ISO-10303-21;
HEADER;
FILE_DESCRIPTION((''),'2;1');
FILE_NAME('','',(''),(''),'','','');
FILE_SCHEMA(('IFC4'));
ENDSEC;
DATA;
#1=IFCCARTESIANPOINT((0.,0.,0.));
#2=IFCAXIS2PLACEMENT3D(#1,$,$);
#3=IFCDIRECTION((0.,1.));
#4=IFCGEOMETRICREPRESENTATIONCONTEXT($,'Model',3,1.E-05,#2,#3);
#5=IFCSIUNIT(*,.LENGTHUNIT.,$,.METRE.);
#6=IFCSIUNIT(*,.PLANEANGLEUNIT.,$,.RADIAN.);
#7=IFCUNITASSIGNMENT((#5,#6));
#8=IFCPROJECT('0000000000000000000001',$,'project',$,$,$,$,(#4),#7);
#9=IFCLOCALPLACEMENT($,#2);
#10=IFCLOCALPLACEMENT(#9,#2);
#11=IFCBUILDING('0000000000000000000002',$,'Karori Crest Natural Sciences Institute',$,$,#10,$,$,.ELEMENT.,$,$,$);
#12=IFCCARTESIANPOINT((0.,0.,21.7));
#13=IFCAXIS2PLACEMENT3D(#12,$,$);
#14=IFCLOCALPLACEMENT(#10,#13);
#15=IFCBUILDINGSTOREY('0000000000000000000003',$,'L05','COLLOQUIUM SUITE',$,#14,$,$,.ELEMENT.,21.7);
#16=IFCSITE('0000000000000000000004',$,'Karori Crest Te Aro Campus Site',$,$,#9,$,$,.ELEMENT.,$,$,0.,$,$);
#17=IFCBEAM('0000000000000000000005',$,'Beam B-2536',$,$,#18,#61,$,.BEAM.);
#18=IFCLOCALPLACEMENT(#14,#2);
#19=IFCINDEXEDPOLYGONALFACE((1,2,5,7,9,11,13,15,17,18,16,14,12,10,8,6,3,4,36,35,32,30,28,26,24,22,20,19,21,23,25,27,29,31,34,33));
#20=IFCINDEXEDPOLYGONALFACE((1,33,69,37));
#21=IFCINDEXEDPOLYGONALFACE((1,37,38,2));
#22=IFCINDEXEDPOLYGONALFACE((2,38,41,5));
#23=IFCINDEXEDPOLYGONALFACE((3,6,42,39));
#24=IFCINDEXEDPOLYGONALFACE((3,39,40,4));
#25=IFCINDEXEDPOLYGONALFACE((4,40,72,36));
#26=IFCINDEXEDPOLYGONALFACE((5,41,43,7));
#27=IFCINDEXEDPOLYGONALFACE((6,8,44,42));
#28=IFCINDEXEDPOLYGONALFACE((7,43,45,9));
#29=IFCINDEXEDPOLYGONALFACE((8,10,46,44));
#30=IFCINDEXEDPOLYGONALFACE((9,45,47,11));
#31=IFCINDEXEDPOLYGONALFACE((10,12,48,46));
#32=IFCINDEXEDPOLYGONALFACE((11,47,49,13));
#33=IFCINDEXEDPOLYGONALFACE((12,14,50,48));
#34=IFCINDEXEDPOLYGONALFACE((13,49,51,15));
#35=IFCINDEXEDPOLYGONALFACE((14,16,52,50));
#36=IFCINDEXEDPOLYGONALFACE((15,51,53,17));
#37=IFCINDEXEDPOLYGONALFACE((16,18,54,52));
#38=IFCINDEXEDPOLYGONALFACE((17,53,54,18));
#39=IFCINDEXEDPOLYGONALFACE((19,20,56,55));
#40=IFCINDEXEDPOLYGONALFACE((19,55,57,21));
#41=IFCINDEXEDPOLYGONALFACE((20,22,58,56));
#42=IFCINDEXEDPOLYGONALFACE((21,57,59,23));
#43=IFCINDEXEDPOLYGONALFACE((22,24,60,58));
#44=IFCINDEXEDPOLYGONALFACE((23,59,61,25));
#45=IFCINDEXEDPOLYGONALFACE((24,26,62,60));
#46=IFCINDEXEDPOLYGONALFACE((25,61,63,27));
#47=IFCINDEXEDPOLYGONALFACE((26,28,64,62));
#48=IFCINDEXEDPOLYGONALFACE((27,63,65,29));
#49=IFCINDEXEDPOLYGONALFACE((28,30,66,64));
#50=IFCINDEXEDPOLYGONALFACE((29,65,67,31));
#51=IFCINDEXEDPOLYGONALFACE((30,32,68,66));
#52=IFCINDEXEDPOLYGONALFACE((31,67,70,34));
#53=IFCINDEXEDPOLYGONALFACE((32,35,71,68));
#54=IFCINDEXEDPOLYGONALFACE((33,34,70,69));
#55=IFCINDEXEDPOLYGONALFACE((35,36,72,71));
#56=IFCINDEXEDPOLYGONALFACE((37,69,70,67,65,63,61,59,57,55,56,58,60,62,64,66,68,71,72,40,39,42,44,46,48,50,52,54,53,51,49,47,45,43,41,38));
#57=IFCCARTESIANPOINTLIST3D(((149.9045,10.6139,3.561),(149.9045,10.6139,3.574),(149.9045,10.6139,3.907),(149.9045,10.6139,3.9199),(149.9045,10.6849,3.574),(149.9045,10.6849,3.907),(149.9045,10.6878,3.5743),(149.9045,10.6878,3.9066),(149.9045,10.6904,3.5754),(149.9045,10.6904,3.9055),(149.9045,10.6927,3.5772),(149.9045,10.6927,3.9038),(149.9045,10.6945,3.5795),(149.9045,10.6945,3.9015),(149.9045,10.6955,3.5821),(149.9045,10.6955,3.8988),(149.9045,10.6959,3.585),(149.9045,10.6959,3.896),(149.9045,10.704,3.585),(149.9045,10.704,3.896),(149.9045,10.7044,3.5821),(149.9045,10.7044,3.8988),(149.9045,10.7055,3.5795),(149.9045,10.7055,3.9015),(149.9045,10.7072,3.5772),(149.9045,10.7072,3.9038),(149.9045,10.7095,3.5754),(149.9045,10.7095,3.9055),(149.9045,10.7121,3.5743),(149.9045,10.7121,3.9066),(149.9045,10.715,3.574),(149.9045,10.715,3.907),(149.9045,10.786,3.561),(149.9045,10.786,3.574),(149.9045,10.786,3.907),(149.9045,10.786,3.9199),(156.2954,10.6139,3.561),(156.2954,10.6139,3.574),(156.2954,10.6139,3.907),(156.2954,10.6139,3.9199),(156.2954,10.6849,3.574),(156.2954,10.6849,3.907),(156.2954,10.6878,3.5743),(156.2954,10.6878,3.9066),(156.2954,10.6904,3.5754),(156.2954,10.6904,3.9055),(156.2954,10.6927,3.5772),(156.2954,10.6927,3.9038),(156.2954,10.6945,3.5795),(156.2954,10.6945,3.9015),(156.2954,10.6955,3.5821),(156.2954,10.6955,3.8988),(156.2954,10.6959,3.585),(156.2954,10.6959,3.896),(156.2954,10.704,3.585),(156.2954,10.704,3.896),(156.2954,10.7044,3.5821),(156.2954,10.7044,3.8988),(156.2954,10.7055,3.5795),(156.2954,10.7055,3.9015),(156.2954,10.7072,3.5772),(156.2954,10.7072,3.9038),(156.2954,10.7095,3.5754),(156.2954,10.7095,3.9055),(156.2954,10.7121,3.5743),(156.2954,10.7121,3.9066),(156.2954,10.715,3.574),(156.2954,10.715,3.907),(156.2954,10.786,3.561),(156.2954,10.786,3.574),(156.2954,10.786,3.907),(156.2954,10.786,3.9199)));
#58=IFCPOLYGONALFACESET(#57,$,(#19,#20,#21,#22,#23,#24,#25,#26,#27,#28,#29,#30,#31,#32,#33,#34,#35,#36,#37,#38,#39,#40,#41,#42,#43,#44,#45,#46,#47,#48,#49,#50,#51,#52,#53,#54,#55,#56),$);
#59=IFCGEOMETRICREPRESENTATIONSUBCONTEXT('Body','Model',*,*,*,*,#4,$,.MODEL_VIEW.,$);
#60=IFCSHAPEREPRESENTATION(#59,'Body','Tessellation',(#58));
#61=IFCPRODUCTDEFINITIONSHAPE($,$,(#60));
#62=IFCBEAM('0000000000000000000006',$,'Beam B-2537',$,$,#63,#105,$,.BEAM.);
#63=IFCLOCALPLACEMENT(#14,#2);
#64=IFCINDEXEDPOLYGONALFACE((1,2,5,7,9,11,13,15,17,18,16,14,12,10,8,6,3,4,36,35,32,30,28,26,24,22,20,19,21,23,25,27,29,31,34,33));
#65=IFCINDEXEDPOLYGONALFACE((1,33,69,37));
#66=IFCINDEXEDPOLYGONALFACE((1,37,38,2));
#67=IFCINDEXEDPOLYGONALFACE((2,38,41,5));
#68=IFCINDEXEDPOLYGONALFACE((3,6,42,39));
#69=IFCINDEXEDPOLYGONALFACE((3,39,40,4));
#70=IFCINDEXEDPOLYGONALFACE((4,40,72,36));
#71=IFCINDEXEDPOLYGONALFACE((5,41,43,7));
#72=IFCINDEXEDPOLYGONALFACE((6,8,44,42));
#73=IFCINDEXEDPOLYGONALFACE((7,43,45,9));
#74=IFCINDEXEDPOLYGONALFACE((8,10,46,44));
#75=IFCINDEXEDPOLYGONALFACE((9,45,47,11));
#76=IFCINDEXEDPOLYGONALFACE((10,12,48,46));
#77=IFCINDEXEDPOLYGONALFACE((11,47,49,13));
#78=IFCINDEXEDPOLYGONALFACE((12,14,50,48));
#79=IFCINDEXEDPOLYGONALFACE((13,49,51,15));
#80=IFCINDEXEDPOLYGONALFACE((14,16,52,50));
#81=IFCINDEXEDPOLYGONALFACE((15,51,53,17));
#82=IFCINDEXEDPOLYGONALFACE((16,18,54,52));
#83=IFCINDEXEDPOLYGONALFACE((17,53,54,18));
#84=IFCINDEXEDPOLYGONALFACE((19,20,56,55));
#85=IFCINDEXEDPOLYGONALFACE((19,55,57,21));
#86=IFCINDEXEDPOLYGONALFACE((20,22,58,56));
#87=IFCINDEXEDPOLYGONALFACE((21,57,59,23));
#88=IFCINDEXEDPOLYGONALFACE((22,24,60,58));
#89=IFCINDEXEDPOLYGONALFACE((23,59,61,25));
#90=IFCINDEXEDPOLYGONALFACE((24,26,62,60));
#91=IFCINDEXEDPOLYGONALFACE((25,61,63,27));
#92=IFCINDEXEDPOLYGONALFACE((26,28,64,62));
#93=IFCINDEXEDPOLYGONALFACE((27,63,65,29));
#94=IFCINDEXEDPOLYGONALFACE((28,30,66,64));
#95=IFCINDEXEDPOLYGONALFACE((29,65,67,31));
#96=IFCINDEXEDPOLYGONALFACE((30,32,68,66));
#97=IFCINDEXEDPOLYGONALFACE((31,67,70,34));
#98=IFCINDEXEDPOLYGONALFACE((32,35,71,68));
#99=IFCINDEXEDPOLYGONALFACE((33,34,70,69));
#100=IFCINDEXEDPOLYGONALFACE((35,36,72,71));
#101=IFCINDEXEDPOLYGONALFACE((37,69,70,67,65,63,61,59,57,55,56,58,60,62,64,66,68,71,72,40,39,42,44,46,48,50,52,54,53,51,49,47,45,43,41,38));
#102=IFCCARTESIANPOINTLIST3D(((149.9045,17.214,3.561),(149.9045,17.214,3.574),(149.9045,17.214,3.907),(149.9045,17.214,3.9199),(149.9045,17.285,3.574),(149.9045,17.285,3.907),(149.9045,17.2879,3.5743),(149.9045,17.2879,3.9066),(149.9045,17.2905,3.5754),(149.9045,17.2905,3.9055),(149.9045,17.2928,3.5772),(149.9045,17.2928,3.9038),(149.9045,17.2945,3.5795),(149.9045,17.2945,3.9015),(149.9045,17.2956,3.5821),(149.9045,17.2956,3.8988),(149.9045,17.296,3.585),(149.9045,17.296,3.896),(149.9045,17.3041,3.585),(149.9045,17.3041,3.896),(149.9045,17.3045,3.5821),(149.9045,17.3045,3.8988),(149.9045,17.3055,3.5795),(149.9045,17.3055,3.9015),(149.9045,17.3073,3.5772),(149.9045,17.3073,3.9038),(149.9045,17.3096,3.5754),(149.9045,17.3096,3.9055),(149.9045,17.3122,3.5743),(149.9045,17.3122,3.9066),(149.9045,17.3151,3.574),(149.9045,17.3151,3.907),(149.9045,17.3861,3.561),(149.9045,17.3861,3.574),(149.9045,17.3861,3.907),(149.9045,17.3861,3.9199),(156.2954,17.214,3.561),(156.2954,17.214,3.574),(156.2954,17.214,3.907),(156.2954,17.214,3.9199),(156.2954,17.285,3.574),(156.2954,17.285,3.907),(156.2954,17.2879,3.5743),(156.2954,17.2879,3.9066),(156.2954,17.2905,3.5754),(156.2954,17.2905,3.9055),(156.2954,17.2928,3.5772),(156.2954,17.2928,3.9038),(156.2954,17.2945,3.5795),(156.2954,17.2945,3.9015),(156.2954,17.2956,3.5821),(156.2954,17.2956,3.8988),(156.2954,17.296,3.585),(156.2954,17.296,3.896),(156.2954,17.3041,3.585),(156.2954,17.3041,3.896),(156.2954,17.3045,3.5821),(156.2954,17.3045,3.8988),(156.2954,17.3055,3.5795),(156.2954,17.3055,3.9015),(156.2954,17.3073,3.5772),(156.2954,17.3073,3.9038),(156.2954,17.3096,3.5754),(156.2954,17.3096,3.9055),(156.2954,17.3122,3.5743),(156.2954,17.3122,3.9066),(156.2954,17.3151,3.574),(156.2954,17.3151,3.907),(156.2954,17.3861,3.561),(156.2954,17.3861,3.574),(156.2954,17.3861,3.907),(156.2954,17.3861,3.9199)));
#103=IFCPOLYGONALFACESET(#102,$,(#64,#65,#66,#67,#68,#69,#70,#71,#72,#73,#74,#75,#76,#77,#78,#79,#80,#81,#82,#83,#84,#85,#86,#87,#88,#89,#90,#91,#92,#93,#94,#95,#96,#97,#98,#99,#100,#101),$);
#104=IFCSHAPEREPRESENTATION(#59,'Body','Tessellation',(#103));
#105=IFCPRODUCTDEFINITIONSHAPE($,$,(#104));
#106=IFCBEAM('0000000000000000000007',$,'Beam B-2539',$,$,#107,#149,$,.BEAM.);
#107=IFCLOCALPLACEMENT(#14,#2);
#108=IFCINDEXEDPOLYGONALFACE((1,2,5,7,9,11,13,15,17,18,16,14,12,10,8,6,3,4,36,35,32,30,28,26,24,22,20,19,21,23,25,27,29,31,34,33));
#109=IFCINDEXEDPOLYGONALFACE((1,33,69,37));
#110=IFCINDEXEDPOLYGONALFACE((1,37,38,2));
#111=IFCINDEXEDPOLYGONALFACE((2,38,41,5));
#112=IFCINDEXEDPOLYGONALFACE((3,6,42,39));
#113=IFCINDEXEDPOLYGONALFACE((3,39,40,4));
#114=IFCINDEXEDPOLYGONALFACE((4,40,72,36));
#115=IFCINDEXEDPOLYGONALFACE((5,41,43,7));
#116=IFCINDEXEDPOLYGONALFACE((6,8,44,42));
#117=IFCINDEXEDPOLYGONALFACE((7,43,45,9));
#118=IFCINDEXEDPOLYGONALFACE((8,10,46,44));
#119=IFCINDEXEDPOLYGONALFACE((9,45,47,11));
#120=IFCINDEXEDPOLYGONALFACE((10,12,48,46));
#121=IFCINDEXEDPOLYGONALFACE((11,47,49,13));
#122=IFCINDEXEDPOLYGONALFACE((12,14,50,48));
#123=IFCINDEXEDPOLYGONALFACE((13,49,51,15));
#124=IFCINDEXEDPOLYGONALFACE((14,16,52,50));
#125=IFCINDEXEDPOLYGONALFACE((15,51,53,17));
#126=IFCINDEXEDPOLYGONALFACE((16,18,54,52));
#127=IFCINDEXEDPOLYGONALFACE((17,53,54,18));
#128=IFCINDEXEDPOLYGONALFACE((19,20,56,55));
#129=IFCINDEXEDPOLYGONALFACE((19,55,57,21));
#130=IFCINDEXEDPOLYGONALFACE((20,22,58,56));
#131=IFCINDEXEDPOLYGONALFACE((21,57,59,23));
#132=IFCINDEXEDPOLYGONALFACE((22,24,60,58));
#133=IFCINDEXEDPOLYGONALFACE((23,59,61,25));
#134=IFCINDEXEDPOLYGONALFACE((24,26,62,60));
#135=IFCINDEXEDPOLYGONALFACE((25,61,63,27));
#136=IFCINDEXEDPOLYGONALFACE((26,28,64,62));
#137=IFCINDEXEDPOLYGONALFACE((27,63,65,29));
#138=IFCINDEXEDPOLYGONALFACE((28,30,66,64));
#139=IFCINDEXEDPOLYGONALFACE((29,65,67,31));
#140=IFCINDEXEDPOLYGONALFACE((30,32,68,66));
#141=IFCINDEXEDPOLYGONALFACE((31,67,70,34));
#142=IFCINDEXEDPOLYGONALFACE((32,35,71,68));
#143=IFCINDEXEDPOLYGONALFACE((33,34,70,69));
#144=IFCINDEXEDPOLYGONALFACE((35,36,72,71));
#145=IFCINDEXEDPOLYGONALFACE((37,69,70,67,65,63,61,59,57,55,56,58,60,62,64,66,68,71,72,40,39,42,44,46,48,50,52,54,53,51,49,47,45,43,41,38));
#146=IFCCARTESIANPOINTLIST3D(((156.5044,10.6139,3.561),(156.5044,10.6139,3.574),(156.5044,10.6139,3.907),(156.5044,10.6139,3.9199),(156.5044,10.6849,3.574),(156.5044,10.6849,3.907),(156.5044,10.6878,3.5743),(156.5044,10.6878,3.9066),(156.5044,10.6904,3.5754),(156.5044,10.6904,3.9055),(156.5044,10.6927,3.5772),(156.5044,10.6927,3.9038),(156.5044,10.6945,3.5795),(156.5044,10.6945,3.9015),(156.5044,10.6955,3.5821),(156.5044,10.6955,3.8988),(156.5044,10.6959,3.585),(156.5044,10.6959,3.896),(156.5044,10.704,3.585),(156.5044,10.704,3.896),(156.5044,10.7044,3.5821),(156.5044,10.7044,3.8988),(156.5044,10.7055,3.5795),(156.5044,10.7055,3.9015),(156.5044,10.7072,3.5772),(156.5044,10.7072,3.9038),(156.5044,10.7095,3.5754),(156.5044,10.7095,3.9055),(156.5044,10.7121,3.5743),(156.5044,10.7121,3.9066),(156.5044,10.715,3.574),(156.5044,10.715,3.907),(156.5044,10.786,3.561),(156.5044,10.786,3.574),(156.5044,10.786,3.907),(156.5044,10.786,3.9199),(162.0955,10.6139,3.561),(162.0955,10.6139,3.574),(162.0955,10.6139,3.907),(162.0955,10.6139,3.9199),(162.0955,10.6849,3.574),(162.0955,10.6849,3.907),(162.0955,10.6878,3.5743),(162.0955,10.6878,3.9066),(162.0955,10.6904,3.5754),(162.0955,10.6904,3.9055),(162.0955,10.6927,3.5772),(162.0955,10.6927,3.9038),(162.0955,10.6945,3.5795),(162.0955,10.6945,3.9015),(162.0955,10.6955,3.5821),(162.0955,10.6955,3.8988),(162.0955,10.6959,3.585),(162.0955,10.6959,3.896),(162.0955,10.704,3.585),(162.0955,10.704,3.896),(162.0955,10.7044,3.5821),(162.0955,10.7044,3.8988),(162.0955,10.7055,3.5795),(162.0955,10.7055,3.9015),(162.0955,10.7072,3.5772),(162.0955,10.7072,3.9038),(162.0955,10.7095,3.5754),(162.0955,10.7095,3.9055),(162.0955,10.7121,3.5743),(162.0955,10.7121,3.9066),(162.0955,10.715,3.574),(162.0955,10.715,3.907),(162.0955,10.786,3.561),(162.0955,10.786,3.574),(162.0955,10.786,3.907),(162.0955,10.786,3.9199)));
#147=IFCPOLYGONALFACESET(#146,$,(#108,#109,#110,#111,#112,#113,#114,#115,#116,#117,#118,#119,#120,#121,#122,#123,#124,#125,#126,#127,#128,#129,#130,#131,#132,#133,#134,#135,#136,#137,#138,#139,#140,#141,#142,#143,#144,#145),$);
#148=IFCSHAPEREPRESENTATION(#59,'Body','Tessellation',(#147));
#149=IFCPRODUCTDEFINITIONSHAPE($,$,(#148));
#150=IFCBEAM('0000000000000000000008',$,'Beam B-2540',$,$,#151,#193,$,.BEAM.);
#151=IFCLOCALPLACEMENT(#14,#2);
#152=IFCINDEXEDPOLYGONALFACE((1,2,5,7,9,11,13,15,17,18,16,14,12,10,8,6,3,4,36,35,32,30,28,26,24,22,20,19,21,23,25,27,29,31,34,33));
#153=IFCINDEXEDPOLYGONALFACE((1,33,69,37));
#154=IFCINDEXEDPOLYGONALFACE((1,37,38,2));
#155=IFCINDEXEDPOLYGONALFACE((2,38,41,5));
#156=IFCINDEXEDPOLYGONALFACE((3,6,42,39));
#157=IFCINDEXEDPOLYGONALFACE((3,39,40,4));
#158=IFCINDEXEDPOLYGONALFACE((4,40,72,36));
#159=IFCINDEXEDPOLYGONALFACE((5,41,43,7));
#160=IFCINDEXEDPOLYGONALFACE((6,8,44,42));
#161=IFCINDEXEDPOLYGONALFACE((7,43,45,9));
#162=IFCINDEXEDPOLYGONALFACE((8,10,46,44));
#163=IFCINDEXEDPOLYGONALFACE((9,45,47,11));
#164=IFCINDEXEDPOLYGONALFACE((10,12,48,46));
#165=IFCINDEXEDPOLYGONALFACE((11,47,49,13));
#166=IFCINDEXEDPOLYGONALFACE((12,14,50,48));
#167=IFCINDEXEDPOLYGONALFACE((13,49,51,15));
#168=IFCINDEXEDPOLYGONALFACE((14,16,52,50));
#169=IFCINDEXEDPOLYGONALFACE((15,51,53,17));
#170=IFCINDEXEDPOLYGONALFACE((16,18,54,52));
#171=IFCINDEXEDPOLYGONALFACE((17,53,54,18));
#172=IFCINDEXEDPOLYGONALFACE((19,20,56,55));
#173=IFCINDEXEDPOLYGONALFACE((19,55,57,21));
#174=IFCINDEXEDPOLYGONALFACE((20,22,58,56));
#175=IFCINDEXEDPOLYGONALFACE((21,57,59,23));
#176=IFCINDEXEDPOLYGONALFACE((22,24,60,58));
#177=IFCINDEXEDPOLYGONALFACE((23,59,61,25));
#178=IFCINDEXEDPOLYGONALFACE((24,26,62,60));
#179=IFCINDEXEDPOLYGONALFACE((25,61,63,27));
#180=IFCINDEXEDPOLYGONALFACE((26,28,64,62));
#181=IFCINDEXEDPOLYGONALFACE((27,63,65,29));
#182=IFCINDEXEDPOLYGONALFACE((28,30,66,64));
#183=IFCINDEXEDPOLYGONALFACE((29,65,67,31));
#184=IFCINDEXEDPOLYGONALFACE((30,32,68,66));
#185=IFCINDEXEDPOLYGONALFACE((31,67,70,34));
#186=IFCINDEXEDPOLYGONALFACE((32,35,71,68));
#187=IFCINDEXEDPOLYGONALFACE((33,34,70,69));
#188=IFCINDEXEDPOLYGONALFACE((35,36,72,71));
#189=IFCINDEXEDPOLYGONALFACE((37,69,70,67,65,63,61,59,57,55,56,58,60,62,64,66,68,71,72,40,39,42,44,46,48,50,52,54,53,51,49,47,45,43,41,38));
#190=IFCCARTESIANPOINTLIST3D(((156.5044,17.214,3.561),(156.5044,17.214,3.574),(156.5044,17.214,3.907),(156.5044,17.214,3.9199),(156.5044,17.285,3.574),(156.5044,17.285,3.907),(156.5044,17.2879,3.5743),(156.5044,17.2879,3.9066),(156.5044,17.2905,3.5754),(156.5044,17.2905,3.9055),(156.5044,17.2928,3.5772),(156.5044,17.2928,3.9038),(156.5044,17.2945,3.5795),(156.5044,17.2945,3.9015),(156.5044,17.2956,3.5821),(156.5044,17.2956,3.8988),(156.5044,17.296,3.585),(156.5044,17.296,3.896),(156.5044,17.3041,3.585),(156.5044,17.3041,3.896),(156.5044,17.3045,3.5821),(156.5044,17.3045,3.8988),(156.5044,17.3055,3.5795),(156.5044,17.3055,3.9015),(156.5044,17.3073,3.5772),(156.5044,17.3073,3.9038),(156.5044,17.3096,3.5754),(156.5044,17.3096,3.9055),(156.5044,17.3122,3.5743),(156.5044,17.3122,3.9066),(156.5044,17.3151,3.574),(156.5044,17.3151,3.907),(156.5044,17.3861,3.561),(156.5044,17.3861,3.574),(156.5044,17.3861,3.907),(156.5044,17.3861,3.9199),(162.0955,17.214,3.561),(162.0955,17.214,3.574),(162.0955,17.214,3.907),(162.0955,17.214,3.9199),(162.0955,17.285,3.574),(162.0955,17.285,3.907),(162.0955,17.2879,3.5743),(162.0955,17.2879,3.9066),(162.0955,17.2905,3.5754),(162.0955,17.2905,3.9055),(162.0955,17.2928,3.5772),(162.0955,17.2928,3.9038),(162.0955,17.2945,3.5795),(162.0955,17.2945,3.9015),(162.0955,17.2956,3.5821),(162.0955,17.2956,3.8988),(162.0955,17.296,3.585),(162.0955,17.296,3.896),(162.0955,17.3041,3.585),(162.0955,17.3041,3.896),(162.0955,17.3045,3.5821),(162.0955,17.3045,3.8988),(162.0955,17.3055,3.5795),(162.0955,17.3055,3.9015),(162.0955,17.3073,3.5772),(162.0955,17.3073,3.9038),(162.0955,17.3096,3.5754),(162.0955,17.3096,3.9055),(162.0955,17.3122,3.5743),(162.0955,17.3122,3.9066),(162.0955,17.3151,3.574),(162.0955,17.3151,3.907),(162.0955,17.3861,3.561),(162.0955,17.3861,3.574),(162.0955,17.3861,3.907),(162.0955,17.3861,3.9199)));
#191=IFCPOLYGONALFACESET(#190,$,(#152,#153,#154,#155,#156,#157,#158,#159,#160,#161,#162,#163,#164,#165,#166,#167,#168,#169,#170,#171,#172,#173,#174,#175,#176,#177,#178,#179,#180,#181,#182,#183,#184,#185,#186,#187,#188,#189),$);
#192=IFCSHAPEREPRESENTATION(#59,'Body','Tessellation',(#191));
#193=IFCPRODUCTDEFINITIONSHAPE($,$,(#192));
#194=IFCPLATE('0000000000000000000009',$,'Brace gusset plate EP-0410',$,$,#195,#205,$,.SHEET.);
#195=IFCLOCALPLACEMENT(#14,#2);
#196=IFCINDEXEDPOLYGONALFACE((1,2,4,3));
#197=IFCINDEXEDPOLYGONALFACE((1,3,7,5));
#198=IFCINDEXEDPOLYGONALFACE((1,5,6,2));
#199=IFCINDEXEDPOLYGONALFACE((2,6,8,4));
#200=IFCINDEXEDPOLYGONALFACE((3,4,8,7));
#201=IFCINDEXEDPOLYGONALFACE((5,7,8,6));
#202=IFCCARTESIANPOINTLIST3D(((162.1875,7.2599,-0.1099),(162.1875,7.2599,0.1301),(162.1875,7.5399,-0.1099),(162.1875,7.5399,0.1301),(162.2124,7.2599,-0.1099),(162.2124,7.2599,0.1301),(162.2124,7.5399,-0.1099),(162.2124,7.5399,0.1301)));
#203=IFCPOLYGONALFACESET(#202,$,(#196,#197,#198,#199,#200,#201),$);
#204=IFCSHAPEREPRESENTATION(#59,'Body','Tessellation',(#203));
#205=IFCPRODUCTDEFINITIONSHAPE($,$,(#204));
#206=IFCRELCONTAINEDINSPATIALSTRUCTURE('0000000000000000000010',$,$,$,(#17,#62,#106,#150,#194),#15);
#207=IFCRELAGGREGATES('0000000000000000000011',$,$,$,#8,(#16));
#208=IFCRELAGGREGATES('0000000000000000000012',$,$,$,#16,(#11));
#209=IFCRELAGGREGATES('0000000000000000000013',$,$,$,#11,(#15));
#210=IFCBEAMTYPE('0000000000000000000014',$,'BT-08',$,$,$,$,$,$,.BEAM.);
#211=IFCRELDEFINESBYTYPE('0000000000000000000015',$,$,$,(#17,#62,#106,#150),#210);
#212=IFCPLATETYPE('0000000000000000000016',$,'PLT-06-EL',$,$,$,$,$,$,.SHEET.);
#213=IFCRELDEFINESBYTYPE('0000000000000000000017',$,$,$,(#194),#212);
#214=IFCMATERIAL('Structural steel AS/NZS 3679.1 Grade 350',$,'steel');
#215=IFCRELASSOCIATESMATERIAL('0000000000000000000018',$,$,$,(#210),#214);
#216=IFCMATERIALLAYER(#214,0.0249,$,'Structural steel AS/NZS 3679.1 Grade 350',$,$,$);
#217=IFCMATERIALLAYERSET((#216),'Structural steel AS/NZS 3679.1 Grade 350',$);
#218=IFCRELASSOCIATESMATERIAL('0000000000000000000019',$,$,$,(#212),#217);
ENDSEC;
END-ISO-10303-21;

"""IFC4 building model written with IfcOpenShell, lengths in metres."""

from ifc_helpers import new_model, si_unit, direction, frame, origin, origin_2d, place, context, subcontext, project, spatial, rectangle, i_section, extrude, material, layer, layer_set, material_profile, profile_set, type_object, element, save


model = new_model("IFC4")

# Units and contexts
model_context = context("Model", 3, precision=1e-05, world=origin(), true_north=direction((0.0, 1.0)))
body_context = subcontext(model_context, "Body", "Model", "MODEL_VIEW")
ifc_project = project(units=[si_unit("LENGTHUNIT", "METRE"), si_unit("PLANEANGLEUNIT", "RADIAN")], contexts=[model_context])

# Site, building, storey
site_placement = place(None, origin())
site = spatial("IfcSite", under=ifc_project, at=site_placement, Name="Karori Crest Te Aro Campus Site", CompositionType="ELEMENT", RefElevation=0.0)
building_placement = place(site_placement, origin())
building = spatial("IfcBuilding", under=site, at=building_placement, Name="Karori Crest Natural Sciences Institute", CompositionType="ELEMENT")
storey_placement = place(building_placement, frame((0.0, 0.0, 21.7)))
storey = spatial("IfcBuildingStorey", under=building, at=storey_placement, Name="L05", Description="COLLOQUIUM SUITE", CompositionType="ELEMENT", Elevation=21.7)

# Shared definitions
ifc_material_1 = material(Name="Structural steel AS/NZS 3679.1 Grade 350", Category="steel")

# Beams
ifc_material_profile_1 = material_profile(ifc_material_1, i_section(OverallWidth=0.1721, OverallDepth=0.3589, WebThickness=0.0081, FlangeThickness=0.0129, FilletRadius=0.011, at=origin_2d()), Name="360UB56.7")
ifc_profile_set_1 = profile_set([ifc_material_profile_1], Name="Structural steel AS/NZS 3679.1 Grade 350")
beam_type_1 = type_object("IfcBeamType", Name="BT-08", PredefinedType="BEAM", material=ifc_profile_set_1)
for number, where, z_axis, x_axis, name in (
    (1, (149.9045, 10.7, 3.7405), (1.0, 0.0, 0.0), (0.0, 1.0, 0.0), "Beam B-2536"),
    (2, (149.9045, 17.3, 3.7405), (1.0, 0.0, 0.0), (0.0, 1.0, 0.0), "Beam B-2537"),
):
    element("IfcBeam", number, at=place(storey_placement, frame(where, z_axis=z_axis, x_axis=x_axis)), inside=storey, type_object=beam_type_1, Name=name, PredefinedType="BEAM", context=body_context, shape_type="SweptSolid", body=[
        extrude(i_section(OverallWidth=0.1721, OverallDepth=0.3589, WebThickness=0.0081, FlangeThickness=0.0129, FilletRadius=0.011, at=origin_2d()), origin(), (0.0, 0.0, 1.0), 6.3909),
    ])
for number, where, z_axis, x_axis, name in (
    (3, (156.5044, 10.7, 3.7405), (1.0, 0.0, 0.0), (0.0, 1.0, 0.0), "Beam B-2539"),
    (4, (156.5044, 17.3, 3.7405), (1.0, 0.0, 0.0), (0.0, 1.0, 0.0), "Beam B-2540"),
):
    element("IfcBeam", number, at=place(storey_placement, frame(where, z_axis=z_axis, x_axis=x_axis)), inside=storey, type_object=beam_type_1, Name=name, PredefinedType="BEAM", context=body_context, shape_type="SweptSolid", body=[
        extrude(i_section(OverallWidth=0.1721, OverallDepth=0.3589, WebThickness=0.0081, FlangeThickness=0.0129, FilletRadius=0.011, at=origin_2d()), origin(), (0.0, 0.0, 1.0), 5.5911),
    ])

# Plate
ifc_layer_1 = layer(ifc_material_1, 0.0249, Name="Structural steel AS/NZS 3679.1 Grade 350")
ifc_layer_set_1 = layer_set([ifc_layer_1], Name="Structural steel AS/NZS 3679.1 Grade 350")
plate_type = type_object("IfcPlateType", Name="PLT-06-EL", PredefinedType="SHEET", material=ifc_layer_set_1)
for number, where, z_axis, x_axis, name in (
    (5, (162.2, 7.3999, -0.1099), (0.0, 0.0, 1.0), (0.0, 1.0, 0.0), "Brace gusset plate EP-0410"),
):
    element("IfcPlate", number, at=place(storey_placement, frame(where, z_axis=z_axis, x_axis=x_axis)), inside=storey, type_object=plate_type, Name=name, PredefinedType="SHEET", context=body_context, shape_type="SweptSolid", body=[
        extrude(rectangle(XDim=0.28, YDim=0.0249, at=origin_2d()), origin(), (0.0, 0.0, 1.0), 0.24),
    ])

save(model, "model.ifc")
